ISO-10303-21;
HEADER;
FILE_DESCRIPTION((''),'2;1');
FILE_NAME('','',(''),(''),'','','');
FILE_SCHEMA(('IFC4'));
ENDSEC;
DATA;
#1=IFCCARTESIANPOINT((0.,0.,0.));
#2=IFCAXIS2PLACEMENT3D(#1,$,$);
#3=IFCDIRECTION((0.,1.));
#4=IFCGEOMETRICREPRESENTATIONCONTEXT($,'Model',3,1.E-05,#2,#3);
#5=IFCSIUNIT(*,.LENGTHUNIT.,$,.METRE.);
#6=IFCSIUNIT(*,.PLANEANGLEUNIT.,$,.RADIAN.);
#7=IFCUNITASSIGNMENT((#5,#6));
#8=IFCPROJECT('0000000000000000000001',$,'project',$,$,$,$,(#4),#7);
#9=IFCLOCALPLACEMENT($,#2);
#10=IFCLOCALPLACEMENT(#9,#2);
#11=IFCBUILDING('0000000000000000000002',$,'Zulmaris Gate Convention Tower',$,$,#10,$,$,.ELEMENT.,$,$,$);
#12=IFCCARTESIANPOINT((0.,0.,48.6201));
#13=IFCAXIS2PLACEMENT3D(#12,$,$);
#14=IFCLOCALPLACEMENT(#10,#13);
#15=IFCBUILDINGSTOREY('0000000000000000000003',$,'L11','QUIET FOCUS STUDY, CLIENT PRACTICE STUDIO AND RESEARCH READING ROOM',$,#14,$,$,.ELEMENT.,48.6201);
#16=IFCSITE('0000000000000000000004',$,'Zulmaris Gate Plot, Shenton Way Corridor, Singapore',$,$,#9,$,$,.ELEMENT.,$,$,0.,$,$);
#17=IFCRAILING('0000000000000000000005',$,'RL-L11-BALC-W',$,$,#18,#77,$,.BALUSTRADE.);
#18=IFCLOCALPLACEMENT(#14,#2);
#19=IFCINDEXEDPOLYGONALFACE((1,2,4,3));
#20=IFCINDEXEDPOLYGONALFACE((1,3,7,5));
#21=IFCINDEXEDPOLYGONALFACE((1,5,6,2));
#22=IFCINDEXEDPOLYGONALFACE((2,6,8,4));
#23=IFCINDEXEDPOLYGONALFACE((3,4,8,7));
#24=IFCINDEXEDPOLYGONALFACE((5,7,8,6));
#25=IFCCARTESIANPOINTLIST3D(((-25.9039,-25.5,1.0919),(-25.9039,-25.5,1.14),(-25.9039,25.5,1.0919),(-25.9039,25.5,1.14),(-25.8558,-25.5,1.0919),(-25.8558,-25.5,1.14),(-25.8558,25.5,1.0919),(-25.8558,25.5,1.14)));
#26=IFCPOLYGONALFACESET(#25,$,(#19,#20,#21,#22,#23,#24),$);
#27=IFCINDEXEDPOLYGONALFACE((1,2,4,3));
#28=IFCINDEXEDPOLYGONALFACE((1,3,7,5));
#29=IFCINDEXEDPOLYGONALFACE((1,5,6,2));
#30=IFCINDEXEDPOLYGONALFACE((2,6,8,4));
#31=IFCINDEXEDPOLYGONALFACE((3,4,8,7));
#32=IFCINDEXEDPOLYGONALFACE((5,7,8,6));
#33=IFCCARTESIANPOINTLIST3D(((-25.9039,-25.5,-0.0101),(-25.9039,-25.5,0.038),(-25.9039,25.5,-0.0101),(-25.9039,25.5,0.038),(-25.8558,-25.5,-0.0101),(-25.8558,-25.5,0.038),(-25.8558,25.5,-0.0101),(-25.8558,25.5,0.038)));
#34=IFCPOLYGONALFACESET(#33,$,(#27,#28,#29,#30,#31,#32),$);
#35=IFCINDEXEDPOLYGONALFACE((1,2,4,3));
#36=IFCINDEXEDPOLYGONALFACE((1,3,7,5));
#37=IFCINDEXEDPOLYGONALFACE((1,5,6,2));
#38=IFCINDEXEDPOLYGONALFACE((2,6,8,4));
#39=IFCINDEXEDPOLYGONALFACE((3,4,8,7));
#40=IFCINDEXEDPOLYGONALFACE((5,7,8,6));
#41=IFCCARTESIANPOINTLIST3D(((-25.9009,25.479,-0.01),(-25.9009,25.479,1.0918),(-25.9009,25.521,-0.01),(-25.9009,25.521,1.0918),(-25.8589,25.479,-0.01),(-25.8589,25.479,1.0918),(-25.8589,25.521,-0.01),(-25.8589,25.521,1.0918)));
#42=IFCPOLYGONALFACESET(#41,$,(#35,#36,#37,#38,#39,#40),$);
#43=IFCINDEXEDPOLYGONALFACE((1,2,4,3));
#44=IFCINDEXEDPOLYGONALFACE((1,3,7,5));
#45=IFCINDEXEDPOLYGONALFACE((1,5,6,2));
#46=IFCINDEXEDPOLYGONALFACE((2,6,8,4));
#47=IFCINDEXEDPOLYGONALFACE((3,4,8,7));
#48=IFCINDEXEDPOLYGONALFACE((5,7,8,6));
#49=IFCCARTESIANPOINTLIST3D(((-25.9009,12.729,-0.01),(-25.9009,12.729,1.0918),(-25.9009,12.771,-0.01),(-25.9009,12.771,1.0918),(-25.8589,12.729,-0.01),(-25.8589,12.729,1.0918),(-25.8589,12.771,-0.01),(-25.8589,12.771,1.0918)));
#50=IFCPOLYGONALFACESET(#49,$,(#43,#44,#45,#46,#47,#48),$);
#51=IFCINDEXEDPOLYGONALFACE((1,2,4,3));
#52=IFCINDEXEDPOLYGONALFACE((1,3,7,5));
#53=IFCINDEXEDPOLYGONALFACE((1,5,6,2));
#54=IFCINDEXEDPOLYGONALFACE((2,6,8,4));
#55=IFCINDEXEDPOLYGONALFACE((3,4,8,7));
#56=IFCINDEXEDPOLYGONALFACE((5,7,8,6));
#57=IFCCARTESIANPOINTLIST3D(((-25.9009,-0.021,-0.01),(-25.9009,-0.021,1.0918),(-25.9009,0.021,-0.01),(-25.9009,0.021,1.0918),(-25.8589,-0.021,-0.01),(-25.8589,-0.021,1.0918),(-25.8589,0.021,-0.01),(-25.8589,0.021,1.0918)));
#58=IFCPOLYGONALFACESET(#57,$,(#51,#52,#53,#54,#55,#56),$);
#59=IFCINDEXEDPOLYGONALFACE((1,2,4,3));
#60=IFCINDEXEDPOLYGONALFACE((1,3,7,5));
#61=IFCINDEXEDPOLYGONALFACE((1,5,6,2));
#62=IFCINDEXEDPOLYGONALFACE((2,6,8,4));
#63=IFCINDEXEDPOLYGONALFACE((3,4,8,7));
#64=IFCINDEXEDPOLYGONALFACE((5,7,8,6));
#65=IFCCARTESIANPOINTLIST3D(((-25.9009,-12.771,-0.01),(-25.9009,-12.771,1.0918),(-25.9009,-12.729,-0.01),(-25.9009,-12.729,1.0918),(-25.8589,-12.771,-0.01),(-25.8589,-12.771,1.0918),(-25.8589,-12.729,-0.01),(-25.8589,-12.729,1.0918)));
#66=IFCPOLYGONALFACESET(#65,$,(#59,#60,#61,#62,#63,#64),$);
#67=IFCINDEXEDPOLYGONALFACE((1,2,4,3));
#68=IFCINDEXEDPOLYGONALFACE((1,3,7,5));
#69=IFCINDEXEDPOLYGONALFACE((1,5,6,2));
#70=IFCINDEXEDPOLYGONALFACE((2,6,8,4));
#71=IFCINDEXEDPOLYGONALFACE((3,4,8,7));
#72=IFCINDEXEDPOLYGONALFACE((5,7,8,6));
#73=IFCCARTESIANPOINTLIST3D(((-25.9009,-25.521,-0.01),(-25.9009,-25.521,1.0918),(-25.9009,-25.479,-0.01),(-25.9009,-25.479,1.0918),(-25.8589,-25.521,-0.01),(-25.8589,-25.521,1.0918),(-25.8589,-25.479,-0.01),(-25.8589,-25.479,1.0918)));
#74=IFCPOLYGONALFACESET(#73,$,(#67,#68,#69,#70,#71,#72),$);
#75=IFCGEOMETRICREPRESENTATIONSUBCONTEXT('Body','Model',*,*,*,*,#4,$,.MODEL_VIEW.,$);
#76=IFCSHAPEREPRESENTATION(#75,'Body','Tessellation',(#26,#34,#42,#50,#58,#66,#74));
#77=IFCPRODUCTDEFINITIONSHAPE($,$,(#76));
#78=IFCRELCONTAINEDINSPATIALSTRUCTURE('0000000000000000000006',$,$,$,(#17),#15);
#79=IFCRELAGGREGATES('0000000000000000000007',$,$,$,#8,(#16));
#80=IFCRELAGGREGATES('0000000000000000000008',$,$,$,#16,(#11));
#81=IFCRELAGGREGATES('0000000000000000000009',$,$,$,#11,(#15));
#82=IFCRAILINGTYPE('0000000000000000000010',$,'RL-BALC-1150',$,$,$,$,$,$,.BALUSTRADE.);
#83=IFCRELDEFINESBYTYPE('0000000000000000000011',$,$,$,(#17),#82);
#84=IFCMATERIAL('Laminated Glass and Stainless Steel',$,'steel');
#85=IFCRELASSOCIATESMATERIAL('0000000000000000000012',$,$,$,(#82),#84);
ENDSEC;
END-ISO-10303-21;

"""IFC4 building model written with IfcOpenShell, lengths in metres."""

from ifc_helpers import new_model, si_unit, direction, frame, origin, origin_2d, place, context, subcontext, project, spatial, rectangle, extrude, material, type_object, element, save


model = new_model("IFC4")

# Units and contexts
model_context = context("Model", 3, precision=1e-05, world=origin(), true_north=direction((0.0, 1.0)))
body_context = subcontext(model_context, "Body", "Model", "MODEL_VIEW")
ifc_project = project(units=[si_unit("LENGTHUNIT", "METRE"), si_unit("PLANEANGLEUNIT", "RADIAN")], contexts=[model_context])

# Site, building, storey
site_placement = place(None, origin())
site = spatial("IfcSite", under=ifc_project, at=site_placement, Name="Zulmaris Gate Plot, Shenton Way Corridor, Singapore", CompositionType="ELEMENT", RefElevation=0.0)
building_placement = place(site_placement, origin())
building = spatial("IfcBuilding", under=site, at=building_placement, Name="Zulmaris Gate Convention Tower", CompositionType="ELEMENT")
storey_placement = place(building_placement, frame((0.0, 0.0, 48.6201)))
storey = spatial("IfcBuildingStorey", under=building, at=storey_placement, Name="L11", Description="QUIET FOCUS STUDY, CLIENT PRACTICE STUDIO AND RESEARCH READING ROOM", CompositionType="ELEMENT", Elevation=48.6201)

# Railing
ifc_material_1 = material(Name="Laminated Glass and Stainless Steel", Category="steel")
railing_type = type_object("IfcRailingType", Name="RL-BALC-1150", PredefinedType="BALUSTRADE", material=ifc_material_1)
railing_placement = place(storey_placement, frame((-25.8799, 25.5, -0.01)))
element("IfcRailing", 1, at=railing_placement, inside=storey, type_object=railing_type, Name="RL-L11-BALC-W", PredefinedType="BALUSTRADE", context=body_context, shape_type="SweptSolid", body=[
    extrude(rectangle(XDim=0.0481, YDim=0.0481, at=origin_2d()), frame((0.0, 0.0, 1.126), z_axis=(0.0, -1.0, 0.0), x_axis=(1.0, 0.0, 0.0)), (0.0, 0.0, 1.0), 51.0),
    extrude(rectangle(XDim=0.0481, YDim=0.0481, at=origin_2d()), frame((0.0, 0.0, 0.0239), z_axis=(0.0, -1.0, 0.0), x_axis=(1.0, 0.0, 0.0)), (0.0, 0.0, 1.0), 51.0),
    extrude(rectangle(XDim=0.042, YDim=0.042, at=origin_2d()), origin(), (0.0, 0.0, 1.0), 1.1018),
    extrude(rectangle(XDim=0.042, YDim=0.042, at=origin_2d()), frame((0.0, -12.75, 0.0)), (0.0, 0.0, 1.0), 1.1018),
    extrude(rectangle(XDim=0.042, YDim=0.042, at=origin_2d()), frame((0.0, -25.5, 0.0)), (0.0, 0.0, 1.0), 1.1018),
    extrude(rectangle(XDim=0.042, YDim=0.042, at=origin_2d()), frame((0.0, -38.25, 0.0)), (0.0, 0.0, 1.0), 1.1018),
    extrude(rectangle(XDim=0.042, YDim=0.042, at=origin_2d()), frame((0.0, -51.0, 0.0)), (0.0, 0.0, 1.0), 1.1018),
])

save(model, "model.ifc")
